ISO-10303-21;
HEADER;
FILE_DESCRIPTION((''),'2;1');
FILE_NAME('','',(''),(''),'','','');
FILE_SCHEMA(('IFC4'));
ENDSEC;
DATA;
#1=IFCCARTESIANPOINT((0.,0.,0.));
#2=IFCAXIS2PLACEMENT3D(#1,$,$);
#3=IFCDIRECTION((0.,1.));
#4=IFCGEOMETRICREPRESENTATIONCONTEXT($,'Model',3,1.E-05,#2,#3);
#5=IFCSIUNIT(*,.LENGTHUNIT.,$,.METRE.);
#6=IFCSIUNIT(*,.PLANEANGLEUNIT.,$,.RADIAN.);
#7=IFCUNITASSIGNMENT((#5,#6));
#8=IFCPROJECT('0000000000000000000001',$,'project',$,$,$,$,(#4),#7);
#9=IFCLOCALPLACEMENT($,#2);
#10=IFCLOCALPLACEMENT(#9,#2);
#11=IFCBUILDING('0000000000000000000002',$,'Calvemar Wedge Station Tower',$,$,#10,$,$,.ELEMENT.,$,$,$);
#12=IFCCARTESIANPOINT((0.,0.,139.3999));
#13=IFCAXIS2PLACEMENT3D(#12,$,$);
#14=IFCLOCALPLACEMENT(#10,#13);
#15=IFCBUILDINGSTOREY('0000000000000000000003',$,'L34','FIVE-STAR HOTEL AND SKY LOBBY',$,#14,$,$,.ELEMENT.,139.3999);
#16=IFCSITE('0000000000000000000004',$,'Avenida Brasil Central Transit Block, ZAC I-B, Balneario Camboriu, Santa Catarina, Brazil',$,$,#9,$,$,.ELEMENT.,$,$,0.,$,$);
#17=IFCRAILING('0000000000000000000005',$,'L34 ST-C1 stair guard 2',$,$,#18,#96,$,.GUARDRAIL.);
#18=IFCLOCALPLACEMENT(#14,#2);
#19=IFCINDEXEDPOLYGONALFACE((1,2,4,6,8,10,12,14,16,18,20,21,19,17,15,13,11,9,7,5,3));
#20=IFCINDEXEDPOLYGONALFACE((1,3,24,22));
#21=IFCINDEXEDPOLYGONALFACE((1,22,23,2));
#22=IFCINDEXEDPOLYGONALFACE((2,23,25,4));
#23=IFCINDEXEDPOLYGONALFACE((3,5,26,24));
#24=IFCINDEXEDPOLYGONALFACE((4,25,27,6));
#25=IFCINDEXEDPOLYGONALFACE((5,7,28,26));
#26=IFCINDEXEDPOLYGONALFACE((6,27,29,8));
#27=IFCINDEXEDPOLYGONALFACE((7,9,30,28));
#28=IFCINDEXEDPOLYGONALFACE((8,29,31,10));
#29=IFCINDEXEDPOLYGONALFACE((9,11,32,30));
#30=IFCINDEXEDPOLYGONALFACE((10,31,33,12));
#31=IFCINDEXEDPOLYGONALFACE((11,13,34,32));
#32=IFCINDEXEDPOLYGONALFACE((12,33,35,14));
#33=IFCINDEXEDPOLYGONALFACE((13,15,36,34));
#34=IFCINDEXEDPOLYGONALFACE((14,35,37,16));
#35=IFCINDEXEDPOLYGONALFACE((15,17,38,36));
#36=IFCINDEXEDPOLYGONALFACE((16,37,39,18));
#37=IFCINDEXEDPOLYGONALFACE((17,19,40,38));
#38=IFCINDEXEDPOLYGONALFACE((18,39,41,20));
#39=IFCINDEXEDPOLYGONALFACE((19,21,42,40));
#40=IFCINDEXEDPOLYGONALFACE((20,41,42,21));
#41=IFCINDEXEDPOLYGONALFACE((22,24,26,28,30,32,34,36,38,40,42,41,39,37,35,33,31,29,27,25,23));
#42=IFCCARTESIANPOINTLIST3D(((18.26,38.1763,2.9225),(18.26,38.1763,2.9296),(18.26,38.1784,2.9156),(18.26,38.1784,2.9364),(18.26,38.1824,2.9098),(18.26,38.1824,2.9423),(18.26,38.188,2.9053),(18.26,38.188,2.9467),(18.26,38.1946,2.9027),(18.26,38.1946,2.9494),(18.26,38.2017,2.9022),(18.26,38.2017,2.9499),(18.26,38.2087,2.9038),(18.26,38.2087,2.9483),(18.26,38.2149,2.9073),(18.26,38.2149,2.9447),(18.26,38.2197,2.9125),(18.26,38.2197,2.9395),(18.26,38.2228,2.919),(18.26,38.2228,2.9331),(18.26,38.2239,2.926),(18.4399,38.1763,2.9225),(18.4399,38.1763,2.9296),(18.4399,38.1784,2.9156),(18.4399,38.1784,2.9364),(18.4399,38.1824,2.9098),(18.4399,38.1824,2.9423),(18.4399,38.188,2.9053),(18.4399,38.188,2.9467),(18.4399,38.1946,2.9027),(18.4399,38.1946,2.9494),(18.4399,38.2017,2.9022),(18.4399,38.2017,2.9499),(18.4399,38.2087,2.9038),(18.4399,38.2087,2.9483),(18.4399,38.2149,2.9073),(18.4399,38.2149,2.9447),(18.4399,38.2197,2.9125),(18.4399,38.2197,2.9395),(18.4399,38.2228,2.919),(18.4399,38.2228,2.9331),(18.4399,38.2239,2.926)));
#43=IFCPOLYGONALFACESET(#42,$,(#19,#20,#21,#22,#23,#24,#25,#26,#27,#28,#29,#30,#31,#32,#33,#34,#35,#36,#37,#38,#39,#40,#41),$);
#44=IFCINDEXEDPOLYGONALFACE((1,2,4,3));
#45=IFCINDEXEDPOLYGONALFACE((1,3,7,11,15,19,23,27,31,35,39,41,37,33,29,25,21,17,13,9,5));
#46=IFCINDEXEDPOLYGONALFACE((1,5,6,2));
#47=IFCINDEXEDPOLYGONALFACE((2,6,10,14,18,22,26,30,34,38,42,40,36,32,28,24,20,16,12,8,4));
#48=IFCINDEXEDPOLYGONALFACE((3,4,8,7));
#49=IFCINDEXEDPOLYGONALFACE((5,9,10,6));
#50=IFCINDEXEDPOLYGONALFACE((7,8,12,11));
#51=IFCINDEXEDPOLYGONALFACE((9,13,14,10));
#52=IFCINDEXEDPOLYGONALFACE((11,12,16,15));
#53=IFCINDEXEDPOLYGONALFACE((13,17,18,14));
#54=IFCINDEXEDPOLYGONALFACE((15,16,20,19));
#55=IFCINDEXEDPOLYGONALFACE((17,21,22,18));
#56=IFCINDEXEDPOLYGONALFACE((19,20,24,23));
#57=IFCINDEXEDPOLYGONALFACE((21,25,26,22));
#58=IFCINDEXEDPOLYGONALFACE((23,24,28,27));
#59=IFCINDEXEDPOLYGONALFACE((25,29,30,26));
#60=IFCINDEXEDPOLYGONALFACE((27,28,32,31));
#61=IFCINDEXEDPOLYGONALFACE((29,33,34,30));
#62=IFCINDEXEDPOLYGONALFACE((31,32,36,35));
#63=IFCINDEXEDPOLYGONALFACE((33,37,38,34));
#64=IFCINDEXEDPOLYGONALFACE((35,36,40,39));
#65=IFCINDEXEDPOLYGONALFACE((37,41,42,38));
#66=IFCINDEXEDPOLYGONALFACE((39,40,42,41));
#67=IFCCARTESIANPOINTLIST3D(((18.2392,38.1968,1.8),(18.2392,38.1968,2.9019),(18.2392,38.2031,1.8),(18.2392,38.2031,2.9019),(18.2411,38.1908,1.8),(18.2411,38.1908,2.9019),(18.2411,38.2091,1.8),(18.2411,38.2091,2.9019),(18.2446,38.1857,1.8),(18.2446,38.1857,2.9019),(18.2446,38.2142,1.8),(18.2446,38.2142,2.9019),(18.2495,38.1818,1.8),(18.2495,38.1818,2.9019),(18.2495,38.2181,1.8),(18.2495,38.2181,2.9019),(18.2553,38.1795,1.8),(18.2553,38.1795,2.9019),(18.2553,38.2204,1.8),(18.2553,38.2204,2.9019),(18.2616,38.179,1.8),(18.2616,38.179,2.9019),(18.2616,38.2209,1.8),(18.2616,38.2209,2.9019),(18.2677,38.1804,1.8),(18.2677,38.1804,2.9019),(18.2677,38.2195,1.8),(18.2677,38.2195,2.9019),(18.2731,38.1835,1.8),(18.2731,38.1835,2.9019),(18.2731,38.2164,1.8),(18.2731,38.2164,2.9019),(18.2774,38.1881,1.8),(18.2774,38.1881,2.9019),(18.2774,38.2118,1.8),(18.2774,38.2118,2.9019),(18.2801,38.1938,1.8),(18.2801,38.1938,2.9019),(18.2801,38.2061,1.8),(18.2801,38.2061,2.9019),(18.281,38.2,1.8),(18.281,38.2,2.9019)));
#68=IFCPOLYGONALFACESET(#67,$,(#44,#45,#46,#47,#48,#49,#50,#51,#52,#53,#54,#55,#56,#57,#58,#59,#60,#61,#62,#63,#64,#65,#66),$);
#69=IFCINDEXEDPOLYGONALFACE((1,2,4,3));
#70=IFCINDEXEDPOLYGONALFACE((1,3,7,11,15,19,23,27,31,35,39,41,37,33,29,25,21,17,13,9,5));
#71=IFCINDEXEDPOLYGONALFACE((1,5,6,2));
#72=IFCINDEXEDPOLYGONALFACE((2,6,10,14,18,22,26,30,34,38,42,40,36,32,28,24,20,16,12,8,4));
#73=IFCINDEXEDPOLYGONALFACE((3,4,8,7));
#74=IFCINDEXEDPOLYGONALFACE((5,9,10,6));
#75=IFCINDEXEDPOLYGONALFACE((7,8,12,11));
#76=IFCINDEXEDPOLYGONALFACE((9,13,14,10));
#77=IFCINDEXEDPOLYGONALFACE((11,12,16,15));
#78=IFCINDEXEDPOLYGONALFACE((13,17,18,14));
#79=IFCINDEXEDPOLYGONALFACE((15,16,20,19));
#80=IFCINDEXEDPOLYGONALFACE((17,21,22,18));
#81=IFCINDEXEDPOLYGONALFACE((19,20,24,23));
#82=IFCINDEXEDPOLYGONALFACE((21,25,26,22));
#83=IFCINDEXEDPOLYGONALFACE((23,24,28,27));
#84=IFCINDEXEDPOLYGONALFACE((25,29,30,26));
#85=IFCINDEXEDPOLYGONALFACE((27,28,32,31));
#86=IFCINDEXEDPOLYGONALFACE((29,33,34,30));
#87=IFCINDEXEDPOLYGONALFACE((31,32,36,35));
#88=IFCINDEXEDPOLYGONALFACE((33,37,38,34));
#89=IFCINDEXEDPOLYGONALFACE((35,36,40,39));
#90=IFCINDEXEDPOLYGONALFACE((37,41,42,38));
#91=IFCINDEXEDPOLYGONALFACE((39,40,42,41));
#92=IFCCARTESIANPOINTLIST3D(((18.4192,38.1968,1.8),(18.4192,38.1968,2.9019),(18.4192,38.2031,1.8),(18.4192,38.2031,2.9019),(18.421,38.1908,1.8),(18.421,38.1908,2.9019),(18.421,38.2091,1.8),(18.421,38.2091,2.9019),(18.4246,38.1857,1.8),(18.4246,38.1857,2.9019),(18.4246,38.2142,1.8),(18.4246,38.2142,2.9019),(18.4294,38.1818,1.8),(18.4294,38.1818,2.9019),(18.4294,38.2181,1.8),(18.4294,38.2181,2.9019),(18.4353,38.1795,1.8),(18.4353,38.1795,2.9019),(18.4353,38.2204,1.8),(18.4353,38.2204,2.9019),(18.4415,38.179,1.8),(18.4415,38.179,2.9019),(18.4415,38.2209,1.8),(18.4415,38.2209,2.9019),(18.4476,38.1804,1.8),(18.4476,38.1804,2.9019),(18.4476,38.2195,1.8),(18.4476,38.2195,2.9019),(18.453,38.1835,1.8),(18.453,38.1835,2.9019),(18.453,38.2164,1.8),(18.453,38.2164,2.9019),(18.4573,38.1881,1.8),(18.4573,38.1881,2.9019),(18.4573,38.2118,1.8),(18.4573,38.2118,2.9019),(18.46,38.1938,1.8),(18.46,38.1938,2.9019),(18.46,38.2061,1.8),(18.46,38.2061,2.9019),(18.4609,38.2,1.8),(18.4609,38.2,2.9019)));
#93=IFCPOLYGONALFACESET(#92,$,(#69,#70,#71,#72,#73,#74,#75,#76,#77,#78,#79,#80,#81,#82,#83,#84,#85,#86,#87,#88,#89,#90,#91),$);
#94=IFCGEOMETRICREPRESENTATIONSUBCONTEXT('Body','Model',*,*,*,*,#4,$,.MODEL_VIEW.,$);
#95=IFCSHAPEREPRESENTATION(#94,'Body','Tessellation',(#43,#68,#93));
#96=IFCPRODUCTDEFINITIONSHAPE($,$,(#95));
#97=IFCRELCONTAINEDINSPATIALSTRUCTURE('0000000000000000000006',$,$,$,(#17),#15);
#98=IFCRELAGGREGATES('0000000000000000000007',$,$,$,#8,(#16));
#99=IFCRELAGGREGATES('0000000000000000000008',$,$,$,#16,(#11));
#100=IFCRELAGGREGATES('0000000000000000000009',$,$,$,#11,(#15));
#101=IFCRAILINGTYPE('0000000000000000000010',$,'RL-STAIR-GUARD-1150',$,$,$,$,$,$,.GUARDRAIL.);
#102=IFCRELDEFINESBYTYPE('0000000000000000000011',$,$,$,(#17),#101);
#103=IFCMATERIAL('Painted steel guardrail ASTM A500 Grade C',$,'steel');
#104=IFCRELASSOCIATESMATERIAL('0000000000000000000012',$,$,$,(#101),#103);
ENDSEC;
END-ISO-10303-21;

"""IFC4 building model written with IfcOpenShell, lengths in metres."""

from ifc_helpers import new_model, si_unit, direction, frame, origin, origin_2d, place, context, subcontext, project, spatial, circle, extrude, material, type_object, element, save


model = new_model("IFC4")

# Units and contexts
model_context = context("Model", 3, precision=1e-05, world=origin(), true_north=direction((0.0, 1.0)))
body_context = subcontext(model_context, "Body", "Model", "MODEL_VIEW")
ifc_project = project(units=[si_unit("LENGTHUNIT", "METRE"), si_unit("PLANEANGLEUNIT", "RADIAN")], contexts=[model_context])

# Site, building, storey
site_placement = place(None, origin())
site = spatial("IfcSite", under=ifc_project, at=site_placement, Name="Avenida Brasil Central Transit Block, ZAC I-B, Balneario Camboriu, Santa Catarina, Brazil", CompositionType="ELEMENT", RefElevation=0.0)
building_placement = place(site_placement, origin())
building = spatial("IfcBuilding", under=site, at=building_placement, Name="Calvemar Wedge Station Tower", CompositionType="ELEMENT")
storey_placement = place(building_placement, frame((0.0, 0.0, 139.3999)))
storey = spatial("IfcBuildingStorey", under=building, at=storey_placement, Name="L34", Description="FIVE-STAR HOTEL AND SKY LOBBY", CompositionType="ELEMENT", Elevation=139.3999)

# Railing
ifc_material_1 = material(Name="Painted steel guardrail ASTM A500 Grade C", Category="steel")
railing_type_1 = type_object("IfcRailingType", Name="RL-STAIR-GUARD-1150", PredefinedType="GUARDRAIL", material=ifc_material_1)
railing_1_placement = place(storey_placement, frame((18.26, 38.2, 1.8)))
element("IfcRailing", 1, at=railing_1_placement, inside=storey, type_object=railing_type_1, Name="L34 ST-C1 stair guard 2", PredefinedType="GUARDRAIL", context=body_context, shape_type="SweptSolid", body=[
    extrude(circle(Radius=0.0239, at=origin_2d()), frame((0.0, 0.0, 1.126), z_axis=(1.0, 0.0, 0.0), x_axis=(0.0, 1.0, 0.0)), (0.0, 0.0, 1.0), 0.1799),
    extrude(circle(Radius=0.021, at=origin_2d()), origin(), (0.0, 0.0, 1.0), 1.1018),
    extrude(circle(Radius=0.021, at=origin_2d()), frame((0.1799, 0.0, 0.0)), (0.0, 0.0, 1.0), 1.1018),
])

save(model, "model.ifc")
